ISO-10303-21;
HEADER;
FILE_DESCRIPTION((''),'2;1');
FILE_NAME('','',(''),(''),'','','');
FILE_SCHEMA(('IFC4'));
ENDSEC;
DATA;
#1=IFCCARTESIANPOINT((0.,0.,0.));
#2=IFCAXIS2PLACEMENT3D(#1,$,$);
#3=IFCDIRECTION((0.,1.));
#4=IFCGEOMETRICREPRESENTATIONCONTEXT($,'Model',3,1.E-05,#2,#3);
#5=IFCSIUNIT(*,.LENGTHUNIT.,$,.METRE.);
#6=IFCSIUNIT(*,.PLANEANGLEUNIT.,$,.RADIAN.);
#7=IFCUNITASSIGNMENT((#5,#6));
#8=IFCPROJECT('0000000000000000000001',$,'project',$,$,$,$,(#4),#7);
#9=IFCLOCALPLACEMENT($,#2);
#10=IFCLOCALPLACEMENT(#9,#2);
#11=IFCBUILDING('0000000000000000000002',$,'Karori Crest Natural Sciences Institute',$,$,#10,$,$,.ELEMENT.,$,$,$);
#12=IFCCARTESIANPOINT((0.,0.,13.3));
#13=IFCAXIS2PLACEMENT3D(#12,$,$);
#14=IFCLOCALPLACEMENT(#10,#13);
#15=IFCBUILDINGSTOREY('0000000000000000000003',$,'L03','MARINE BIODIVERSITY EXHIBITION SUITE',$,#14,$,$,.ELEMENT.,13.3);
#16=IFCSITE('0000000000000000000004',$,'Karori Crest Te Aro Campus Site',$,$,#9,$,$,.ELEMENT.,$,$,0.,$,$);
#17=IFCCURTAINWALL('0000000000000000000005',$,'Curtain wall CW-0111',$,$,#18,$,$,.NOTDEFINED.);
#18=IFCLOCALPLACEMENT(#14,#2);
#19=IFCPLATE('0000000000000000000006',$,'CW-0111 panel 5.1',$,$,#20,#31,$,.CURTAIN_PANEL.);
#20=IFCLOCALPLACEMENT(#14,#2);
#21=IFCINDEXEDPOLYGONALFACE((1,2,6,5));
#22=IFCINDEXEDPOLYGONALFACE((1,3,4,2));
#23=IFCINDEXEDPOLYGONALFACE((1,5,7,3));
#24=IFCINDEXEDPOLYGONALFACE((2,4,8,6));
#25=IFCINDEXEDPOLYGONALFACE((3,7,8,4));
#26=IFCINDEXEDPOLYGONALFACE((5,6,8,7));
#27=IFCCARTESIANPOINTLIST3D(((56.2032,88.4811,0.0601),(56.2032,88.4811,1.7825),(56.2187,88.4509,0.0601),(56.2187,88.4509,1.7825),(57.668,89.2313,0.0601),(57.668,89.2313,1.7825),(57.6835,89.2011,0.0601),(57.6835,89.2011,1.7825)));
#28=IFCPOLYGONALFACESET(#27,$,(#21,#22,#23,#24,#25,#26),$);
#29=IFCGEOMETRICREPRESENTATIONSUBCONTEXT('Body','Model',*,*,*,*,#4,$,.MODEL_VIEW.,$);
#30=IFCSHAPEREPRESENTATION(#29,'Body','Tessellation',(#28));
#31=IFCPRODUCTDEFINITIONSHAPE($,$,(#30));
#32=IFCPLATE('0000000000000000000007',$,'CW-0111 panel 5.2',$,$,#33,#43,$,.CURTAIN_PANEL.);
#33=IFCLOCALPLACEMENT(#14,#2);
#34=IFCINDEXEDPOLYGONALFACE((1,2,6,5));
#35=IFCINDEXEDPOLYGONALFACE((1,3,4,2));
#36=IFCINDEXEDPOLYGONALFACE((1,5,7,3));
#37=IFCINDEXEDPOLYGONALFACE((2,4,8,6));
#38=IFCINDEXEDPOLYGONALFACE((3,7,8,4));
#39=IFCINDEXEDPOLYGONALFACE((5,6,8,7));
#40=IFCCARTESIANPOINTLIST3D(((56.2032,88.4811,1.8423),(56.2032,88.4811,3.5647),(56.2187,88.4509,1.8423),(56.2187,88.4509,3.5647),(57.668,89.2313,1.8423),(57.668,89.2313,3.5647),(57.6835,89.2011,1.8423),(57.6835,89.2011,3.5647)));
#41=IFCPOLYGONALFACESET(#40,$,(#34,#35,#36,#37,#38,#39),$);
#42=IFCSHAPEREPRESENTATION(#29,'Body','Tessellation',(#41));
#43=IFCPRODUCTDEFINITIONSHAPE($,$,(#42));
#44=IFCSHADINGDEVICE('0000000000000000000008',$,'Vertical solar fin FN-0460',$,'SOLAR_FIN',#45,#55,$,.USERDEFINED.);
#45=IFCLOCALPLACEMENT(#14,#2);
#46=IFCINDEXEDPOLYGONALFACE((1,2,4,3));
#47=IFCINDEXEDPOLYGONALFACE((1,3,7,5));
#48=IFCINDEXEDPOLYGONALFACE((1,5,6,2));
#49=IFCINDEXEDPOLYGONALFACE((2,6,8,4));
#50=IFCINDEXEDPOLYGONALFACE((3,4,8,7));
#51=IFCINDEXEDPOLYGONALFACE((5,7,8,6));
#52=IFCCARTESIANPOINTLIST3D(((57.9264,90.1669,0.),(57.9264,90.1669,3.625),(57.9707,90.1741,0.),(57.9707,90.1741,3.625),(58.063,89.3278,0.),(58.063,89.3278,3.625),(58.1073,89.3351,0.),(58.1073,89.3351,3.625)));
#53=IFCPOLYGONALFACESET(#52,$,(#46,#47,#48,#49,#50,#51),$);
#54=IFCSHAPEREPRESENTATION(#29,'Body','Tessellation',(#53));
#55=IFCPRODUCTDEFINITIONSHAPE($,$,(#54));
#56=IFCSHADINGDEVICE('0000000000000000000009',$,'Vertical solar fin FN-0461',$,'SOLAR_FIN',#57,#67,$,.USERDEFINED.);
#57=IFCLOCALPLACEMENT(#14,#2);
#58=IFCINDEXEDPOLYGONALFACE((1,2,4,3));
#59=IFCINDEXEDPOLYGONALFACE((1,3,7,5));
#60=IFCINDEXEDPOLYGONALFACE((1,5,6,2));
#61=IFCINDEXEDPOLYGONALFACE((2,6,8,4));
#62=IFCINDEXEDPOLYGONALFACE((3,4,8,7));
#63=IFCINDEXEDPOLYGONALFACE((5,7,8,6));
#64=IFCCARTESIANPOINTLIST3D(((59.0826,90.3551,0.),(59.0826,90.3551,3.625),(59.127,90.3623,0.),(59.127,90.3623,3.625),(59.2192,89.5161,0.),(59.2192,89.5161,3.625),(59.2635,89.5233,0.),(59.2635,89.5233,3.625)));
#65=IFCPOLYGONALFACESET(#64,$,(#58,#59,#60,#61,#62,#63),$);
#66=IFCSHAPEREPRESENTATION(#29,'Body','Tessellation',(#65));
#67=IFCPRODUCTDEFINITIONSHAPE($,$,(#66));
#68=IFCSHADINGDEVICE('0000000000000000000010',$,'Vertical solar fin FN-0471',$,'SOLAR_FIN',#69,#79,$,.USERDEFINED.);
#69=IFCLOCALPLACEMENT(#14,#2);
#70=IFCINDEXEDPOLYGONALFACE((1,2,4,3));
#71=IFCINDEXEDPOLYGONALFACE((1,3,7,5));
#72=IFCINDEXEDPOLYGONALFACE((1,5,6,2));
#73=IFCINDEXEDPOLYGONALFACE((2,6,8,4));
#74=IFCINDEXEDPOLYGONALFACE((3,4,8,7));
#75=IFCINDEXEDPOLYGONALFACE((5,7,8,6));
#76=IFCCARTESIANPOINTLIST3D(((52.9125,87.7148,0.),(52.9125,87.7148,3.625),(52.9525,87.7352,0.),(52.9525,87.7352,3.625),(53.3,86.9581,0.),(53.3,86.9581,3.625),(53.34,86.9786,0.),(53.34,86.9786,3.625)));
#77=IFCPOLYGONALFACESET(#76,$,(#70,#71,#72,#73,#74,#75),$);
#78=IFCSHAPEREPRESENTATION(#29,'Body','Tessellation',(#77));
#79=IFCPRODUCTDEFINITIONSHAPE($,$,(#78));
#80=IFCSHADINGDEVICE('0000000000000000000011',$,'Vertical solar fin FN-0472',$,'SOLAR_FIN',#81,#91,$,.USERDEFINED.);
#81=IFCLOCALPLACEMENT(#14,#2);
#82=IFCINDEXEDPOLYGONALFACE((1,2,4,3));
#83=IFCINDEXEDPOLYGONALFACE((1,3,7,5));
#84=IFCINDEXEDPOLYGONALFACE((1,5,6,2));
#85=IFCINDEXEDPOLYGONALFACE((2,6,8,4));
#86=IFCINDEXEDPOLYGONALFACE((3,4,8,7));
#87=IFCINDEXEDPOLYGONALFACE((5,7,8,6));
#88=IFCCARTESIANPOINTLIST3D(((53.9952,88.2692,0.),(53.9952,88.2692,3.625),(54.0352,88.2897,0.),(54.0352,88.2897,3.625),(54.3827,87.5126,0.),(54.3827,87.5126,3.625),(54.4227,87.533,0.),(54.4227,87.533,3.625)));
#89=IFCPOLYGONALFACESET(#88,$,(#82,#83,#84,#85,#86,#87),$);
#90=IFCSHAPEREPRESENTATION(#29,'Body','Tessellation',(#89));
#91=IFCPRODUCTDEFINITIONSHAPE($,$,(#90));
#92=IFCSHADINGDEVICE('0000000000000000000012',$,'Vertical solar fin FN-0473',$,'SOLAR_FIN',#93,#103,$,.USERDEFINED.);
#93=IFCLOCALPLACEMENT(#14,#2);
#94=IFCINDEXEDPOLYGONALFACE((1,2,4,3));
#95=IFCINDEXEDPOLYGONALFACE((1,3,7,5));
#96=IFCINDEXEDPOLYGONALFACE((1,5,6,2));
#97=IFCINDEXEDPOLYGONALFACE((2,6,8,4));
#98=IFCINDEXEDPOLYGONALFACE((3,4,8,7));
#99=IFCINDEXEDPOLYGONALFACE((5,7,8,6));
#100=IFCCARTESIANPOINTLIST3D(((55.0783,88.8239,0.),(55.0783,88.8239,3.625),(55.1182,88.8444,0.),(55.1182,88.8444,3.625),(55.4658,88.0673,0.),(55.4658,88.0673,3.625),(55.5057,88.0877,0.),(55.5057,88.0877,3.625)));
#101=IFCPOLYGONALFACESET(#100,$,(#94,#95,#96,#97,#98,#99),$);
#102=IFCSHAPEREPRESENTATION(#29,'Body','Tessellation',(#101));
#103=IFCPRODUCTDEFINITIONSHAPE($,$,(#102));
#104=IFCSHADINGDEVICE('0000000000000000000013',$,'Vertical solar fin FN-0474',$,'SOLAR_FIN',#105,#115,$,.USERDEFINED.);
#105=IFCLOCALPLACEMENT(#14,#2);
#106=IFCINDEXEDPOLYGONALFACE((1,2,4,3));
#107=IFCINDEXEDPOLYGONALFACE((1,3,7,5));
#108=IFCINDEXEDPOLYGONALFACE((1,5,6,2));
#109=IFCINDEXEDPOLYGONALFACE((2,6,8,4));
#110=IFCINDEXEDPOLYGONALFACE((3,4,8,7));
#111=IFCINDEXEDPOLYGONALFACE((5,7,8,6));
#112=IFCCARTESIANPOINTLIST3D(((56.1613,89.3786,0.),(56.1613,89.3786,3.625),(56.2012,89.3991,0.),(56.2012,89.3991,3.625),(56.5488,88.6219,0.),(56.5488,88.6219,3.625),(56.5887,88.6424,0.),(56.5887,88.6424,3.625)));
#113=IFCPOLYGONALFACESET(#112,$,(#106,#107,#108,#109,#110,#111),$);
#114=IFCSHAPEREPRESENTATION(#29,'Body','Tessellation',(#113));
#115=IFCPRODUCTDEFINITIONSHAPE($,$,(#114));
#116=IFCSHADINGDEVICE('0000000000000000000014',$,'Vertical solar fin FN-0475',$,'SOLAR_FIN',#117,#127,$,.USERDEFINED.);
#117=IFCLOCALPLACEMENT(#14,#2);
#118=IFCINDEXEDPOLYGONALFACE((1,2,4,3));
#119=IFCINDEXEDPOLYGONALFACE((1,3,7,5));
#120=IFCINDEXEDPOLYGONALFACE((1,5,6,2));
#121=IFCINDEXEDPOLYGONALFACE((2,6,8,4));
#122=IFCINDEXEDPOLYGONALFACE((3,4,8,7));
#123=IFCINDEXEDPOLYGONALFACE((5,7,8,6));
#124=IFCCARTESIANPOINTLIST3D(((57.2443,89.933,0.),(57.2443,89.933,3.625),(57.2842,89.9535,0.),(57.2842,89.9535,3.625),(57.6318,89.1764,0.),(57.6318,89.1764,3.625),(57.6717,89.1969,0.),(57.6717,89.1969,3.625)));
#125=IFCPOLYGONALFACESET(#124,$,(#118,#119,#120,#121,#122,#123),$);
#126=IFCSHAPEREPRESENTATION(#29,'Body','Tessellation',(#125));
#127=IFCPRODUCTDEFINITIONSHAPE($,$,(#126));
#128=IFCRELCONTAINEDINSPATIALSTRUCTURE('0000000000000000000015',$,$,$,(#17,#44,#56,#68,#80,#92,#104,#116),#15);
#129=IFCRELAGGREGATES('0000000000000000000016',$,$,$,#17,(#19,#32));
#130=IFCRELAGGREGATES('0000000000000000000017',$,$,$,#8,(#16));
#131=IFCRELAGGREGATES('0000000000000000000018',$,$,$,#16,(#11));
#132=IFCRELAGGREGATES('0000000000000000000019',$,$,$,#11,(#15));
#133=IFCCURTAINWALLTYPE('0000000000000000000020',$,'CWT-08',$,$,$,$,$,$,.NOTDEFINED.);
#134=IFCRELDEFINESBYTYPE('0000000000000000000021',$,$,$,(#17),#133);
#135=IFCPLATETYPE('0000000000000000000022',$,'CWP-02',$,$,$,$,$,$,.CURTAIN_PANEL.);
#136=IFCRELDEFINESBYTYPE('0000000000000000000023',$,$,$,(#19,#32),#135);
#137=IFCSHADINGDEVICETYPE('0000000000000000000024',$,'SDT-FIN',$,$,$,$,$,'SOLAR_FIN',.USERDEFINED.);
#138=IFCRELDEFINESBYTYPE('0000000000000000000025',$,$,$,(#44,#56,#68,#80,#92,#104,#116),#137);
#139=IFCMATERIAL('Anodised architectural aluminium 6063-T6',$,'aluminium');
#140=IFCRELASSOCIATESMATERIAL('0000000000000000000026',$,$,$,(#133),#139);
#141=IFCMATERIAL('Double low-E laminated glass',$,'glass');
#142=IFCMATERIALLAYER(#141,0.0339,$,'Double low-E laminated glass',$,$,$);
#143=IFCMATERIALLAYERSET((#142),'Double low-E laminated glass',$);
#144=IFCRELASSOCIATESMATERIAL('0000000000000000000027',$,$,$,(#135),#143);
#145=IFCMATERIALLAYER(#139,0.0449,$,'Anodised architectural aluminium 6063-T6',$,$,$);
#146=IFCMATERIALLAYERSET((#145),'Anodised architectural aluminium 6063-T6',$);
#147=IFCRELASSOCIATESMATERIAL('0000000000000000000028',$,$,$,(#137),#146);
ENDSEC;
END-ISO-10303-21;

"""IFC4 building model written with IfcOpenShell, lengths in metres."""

from ifc_helpers import new_model, si_unit, direction, frame, origin, origin_2d, place, context, subcontext, project, spatial, rectangle, extrude, material, layer, layer_set, type_object, element, aggregate, save


model = new_model("IFC4")

# Units and contexts
model_context = context("Model", 3, precision=1e-05, world=origin(), true_north=direction((0.0, 1.0)))
body_context = subcontext(model_context, "Body", "Model", "MODEL_VIEW")
ifc_project = project(units=[si_unit("LENGTHUNIT", "METRE"), si_unit("PLANEANGLEUNIT", "RADIAN")], contexts=[model_context])

# Site, building, storey
site_placement = place(None, origin())
site = spatial("IfcSite", under=ifc_project, at=site_placement, Name="Karori Crest Te Aro Campus Site", CompositionType="ELEMENT", RefElevation=0.0)
building_placement = place(site_placement, origin())
building = spatial("IfcBuilding", under=site, at=building_placement, Name="Karori Crest Natural Sciences Institute", CompositionType="ELEMENT")
storey_placement = place(building_placement, frame((0.0, 0.0, 13.3)))
storey = spatial("IfcBuildingStorey", under=building, at=storey_placement, Name="L03", Description="MARINE BIODIVERSITY EXHIBITION SUITE", CompositionType="ELEMENT", Elevation=13.3)

# Curtain wall
ifc_material_1 = material(Name="Anodised architectural aluminium 6063-T6", Category="aluminium")
curtain_wall_type_1 = type_object("IfcCurtainWallType", Name="CWT-08", PredefinedType="NOTDEFINED", material=ifc_material_1)
curtain_wall_1_placement = place(storey_placement, origin())
curtain_wall_1 = element("IfcCurtainWall", 1, at=curtain_wall_1_placement, inside=storey, type_object=curtain_wall_type_1, Name="Curtain wall CW-0111", PredefinedType="NOTDEFINED")

# Plates
ifc_material_2 = material(Name="Double low-E laminated glass", Category="glass")
ifc_layer_1 = layer(ifc_material_2, 0.0339, Name="Double low-E laminated glass")
ifc_layer_set_1 = layer_set([ifc_layer_1], Name="Double low-E laminated glass")
plate_type_1 = type_object("IfcPlateType", Name="CWP-02", PredefinedType="CURTAIN_PANEL", material=ifc_layer_set_1)
plate_1_placement = place(storey_placement, frame((56.9434, 88.8411, 0.0601), z_axis=(0.0, 0.0, 1.0), x_axis=(0.890067, 0.455829, 0.0)))
plate_1 = element("IfcPlate", 2, at=plate_1_placement, type_object=plate_type_1, Name="CW-0111 panel 5.1", PredefinedType="CURTAIN_PANEL", context=body_context, shape_type="SweptSolid", body=[
    extrude(rectangle(XDim=1.6458, YDim=0.0339, at=origin_2d()), origin(), (0.0, 0.0, 1.0), 1.7224),
])
plate_2_placement = place(storey_placement, frame((56.9434, 88.8411, 1.8423), z_axis=(0.0, 0.0, 1.0), x_axis=(0.890067, 0.455829, 0.0)))
plate_2 = element("IfcPlate", 3, at=plate_2_placement, type_object=plate_type_1, Name="CW-0111 panel 5.2", PredefinedType="CURTAIN_PANEL", context=body_context, shape_type="SweptSolid", body=[
    extrude(rectangle(XDim=1.6458, YDim=0.0339, at=origin_2d()), origin(), (0.0, 0.0, 1.0), 1.7224),
])
aggregate(curtain_wall_1, [plate_1, plate_2])

# Shading devices
ifc_layer_2 = layer(ifc_material_1, 0.0449, Name="Anodised architectural aluminium 6063-T6")
ifc_layer_set_2 = layer_set([ifc_layer_2], Name="Anodised architectural aluminium 6063-T6")
shading_device_type = type_object("IfcShadingDeviceType", Name="SDT-FIN", ElementType="SOLAR_FIN", PredefinedType="USERDEFINED", material=ifc_layer_set_2)
for number, where, z_axis, x_axis, name in (
    (4, (58.0168, 89.751, 0.0), (0.0, 0.0, 1.0), (-0.16065, 0.987012, 0.0), "Vertical solar fin FN-0460"),
    (5, (59.1731, 89.9392, 0.0), (0.0, 0.0, 1.0), (-0.16065, 0.987012, 0.0), "Vertical solar fin FN-0461"),
    (6, (53.1262, 87.3467, 0.0), (0.0, 0.0, 1.0), (-0.455829, 0.890067, 0.0), "Vertical solar fin FN-0471"),
    (7, (54.209, 87.9011, 0.0), (0.0, 0.0, 1.0), (-0.455829, 0.890067, 0.0), "Vertical solar fin FN-0472"),
    (8, (55.292, 88.4558, 0.0), (0.0, 0.0, 1.0), (-0.455829, 0.890067, 0.0), "Vertical solar fin FN-0473"),
    (9, (56.375, 89.0105, 0.0), (0.0, 0.0, 1.0), (-0.455829, 0.890067, 0.0), "Vertical solar fin FN-0474"),
    (10, (57.458, 89.5649, 0.0), (0.0, 0.0, 1.0), (-0.455829, 0.890067, 0.0), "Vertical solar fin FN-0475"),
):
    element("IfcShadingDevice", number, at=place(storey_placement, frame(where, z_axis=z_axis, x_axis=x_axis)), inside=storey, type_object=shading_device_type, Name=name, ObjectType="SOLAR_FIN", PredefinedType="USERDEFINED", context=body_context, shape_type="SweptSolid", body=[
        extrude(rectangle(XDim=0.8501, YDim=0.0449, at=origin_2d()), origin(), (0.0, 0.0, 1.0), 3.625),
    ])

save(model, "model.ifc")
